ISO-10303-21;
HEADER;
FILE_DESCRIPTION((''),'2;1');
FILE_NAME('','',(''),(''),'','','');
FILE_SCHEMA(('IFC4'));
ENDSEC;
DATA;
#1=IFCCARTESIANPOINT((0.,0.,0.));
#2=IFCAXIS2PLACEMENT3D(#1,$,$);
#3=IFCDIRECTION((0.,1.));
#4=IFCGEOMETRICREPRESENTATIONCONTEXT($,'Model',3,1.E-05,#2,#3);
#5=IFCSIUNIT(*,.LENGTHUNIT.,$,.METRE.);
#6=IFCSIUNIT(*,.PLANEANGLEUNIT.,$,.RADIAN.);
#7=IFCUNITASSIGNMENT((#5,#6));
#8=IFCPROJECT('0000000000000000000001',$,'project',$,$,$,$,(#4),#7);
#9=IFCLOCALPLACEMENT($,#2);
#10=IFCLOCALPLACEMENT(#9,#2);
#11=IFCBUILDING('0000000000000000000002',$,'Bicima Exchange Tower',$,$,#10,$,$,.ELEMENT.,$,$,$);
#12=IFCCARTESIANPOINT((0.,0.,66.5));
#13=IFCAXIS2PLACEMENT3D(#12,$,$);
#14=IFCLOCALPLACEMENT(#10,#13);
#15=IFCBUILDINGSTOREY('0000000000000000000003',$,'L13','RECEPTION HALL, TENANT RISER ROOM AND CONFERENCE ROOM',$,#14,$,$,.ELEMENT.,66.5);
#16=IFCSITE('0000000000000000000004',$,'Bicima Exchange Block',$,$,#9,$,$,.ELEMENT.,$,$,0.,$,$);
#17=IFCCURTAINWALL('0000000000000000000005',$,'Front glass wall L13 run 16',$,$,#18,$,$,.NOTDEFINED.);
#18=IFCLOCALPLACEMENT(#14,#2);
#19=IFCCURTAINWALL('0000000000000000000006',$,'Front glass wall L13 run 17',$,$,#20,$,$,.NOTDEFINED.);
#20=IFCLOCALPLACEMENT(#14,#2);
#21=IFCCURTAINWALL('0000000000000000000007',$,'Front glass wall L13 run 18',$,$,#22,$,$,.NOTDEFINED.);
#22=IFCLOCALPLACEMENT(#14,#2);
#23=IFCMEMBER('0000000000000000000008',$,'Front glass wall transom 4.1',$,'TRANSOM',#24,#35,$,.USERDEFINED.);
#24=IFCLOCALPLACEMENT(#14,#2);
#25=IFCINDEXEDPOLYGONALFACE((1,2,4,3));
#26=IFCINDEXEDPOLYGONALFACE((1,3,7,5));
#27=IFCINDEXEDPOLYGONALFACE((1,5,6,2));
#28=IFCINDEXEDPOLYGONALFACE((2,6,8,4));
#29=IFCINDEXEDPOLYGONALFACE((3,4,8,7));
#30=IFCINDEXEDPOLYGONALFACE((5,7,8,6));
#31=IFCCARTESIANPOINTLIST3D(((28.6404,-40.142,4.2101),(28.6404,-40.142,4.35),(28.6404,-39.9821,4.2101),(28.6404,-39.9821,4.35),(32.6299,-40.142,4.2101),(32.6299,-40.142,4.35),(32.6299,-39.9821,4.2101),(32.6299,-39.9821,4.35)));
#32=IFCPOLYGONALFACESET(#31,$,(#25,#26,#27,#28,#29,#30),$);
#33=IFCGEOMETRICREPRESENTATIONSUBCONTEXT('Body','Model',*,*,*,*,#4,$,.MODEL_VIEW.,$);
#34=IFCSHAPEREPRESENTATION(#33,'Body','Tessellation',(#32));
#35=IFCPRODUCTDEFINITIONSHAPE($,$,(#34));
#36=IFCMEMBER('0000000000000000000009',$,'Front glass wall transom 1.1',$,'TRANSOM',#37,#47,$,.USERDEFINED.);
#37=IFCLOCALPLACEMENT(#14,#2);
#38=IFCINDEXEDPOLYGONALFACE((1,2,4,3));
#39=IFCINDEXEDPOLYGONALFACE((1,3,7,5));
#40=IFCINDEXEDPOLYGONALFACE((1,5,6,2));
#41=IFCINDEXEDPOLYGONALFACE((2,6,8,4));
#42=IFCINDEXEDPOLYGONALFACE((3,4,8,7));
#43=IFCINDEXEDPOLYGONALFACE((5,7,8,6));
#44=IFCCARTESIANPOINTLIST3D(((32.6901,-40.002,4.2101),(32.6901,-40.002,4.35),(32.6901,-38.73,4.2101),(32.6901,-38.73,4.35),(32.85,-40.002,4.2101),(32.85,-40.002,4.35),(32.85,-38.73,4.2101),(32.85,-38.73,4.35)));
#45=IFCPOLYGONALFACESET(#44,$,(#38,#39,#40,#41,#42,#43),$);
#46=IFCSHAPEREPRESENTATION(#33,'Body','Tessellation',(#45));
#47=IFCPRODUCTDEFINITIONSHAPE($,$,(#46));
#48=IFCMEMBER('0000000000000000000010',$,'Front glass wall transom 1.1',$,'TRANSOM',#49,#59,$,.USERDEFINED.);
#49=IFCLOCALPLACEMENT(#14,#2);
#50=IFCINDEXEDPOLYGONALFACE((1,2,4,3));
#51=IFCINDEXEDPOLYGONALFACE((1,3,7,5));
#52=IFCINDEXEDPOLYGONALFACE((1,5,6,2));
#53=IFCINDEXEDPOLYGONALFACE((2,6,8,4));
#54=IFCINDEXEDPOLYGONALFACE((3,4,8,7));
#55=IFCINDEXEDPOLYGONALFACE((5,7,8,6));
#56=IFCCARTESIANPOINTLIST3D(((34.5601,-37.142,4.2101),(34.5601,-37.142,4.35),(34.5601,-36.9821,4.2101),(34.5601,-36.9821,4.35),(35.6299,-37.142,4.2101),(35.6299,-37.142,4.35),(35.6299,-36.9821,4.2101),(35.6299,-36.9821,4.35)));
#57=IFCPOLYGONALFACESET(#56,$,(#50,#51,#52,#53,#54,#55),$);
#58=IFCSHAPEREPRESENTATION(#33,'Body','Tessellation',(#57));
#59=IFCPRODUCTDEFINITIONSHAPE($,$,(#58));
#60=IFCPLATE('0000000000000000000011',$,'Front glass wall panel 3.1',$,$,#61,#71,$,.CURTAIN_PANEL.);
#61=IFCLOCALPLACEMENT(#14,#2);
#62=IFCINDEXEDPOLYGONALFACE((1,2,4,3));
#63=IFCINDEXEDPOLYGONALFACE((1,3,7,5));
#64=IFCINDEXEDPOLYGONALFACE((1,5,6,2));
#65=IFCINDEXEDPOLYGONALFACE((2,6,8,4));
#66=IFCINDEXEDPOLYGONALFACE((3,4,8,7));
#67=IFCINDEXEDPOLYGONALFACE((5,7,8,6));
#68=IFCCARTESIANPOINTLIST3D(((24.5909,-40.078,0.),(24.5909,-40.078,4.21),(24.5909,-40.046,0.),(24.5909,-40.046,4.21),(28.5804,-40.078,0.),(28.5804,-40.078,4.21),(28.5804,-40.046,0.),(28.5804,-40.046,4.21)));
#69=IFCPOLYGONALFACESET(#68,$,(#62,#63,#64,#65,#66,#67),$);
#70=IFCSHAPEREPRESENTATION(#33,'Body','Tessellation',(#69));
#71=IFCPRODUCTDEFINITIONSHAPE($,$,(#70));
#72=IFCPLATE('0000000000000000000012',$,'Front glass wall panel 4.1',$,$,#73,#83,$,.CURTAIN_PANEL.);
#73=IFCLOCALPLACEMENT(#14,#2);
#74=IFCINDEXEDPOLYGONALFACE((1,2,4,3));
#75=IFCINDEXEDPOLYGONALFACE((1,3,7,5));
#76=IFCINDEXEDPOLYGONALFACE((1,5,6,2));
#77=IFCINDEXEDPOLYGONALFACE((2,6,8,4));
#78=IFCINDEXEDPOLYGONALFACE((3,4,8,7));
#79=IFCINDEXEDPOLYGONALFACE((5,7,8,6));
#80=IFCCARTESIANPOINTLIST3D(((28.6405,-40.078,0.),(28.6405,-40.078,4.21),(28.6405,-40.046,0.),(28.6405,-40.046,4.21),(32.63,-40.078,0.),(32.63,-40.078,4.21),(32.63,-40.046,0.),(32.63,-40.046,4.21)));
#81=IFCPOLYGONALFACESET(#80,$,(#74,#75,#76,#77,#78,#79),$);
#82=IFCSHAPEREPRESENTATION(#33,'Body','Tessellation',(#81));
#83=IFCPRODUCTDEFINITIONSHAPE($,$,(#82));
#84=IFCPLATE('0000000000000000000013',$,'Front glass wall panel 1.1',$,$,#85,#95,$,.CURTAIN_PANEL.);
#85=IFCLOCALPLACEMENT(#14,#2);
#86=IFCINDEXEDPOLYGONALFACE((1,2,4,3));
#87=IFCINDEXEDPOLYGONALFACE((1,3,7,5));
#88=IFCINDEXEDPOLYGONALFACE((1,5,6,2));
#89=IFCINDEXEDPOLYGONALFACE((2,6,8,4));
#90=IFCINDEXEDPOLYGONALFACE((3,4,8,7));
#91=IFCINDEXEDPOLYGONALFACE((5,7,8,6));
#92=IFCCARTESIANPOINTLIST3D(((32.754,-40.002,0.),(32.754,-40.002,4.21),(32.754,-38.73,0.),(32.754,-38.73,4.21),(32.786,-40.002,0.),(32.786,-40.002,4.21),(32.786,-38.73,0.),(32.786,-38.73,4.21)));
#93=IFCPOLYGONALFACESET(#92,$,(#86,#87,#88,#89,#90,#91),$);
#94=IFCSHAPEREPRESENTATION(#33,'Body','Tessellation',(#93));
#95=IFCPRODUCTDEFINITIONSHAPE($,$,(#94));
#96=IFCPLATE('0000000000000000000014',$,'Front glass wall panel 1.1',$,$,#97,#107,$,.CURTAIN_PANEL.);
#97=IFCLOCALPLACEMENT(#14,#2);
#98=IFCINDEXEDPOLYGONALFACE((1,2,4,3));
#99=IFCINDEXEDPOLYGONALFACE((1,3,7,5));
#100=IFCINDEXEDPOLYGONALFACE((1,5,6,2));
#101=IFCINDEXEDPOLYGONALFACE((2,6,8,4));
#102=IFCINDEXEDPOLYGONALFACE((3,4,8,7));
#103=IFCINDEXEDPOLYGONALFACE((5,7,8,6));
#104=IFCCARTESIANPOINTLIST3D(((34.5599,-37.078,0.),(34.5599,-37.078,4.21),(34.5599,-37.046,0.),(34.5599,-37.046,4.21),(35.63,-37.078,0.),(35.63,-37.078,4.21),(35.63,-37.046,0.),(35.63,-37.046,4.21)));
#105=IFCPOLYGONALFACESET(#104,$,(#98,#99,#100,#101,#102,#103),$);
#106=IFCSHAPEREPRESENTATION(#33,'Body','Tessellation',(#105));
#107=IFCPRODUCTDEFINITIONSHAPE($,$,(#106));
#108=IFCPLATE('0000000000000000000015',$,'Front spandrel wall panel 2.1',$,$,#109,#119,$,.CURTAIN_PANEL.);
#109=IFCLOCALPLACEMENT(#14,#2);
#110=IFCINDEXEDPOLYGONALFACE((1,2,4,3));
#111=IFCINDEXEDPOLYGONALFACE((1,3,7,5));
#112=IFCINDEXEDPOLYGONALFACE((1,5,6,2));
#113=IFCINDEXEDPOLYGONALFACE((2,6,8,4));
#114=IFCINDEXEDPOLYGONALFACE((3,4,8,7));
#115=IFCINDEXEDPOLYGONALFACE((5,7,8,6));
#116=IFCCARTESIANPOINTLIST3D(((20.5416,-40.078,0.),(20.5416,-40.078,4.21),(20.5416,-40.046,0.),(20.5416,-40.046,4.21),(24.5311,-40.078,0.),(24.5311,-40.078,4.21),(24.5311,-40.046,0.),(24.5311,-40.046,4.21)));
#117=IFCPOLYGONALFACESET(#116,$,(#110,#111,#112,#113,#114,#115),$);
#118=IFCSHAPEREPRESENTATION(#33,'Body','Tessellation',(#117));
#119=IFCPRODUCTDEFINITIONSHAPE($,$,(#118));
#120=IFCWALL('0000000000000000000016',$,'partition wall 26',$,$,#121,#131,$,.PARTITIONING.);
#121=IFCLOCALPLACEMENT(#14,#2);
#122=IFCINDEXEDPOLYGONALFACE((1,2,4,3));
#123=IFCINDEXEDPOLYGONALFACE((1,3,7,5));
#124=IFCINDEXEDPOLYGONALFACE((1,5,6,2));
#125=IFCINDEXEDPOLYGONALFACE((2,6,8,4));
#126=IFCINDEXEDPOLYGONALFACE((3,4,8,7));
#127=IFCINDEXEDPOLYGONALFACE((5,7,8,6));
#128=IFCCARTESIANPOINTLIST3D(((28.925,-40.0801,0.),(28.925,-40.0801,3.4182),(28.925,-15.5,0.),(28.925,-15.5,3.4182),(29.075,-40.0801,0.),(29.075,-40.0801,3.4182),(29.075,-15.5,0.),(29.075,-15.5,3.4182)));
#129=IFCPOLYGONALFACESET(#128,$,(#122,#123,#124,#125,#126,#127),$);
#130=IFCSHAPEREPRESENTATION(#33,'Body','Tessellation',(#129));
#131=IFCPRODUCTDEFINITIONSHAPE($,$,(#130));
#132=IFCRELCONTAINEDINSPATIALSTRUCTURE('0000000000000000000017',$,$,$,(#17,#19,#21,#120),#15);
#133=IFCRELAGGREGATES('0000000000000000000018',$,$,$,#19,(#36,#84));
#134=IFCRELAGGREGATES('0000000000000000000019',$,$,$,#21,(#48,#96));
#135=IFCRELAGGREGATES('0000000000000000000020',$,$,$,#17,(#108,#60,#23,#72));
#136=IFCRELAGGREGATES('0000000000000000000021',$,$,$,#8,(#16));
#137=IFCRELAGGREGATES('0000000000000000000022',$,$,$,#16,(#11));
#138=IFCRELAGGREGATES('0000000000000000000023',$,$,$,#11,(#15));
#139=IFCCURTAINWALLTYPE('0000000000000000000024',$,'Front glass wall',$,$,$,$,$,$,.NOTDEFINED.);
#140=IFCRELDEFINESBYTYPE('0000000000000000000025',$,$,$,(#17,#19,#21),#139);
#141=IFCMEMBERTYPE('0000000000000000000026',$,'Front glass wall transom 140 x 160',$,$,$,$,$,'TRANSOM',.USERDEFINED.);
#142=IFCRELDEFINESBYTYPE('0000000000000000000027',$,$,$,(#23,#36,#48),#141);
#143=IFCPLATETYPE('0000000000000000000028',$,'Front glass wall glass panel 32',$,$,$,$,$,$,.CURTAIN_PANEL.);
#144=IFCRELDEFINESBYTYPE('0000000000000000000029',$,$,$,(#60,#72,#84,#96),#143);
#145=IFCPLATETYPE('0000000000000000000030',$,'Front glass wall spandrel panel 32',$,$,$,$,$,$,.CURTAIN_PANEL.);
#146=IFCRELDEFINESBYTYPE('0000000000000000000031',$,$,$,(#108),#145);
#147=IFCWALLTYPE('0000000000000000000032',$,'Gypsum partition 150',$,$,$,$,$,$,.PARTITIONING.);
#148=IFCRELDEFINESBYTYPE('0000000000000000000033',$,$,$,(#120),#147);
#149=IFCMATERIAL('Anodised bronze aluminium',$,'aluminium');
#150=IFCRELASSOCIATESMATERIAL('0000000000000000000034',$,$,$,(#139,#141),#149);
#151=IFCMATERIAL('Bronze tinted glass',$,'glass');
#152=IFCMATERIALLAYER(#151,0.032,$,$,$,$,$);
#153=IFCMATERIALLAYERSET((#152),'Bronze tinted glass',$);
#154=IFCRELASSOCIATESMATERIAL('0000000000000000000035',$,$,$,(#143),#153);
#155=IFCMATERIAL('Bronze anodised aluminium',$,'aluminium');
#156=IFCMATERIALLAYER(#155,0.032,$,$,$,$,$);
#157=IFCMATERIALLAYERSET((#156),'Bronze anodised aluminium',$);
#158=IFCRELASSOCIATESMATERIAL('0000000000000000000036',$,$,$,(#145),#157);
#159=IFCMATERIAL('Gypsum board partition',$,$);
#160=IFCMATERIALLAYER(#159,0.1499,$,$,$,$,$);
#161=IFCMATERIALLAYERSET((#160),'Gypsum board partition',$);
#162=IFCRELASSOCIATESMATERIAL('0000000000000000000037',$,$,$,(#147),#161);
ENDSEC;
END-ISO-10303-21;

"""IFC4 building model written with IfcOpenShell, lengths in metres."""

from ifc_helpers import new_model, si_unit, direction, frame, frame_2d, origin, origin_2d, place, context, subcontext, project, spatial, rectangle, extrude, material, layer, layer_set, material_profile, profile_set, type_object, element, aggregate, save


model = new_model("IFC4")

# Units and contexts
model_context = context("Model", 3, precision=1e-05, world=origin(), true_north=direction((0.0, 1.0)))
body_context = subcontext(model_context, "Body", "Model", "MODEL_VIEW")
ifc_project = project(units=[si_unit("LENGTHUNIT", "METRE"), si_unit("PLANEANGLEUNIT", "RADIAN")], contexts=[model_context])

# Site, building, storey
site_placement = place(None, origin())
site = spatial("IfcSite", under=ifc_project, at=site_placement, Name="Bicima Exchange Block", CompositionType="ELEMENT", RefElevation=0.0)
building_placement = place(site_placement, origin())
building = spatial("IfcBuilding", under=site, at=building_placement, Name="Bicima Exchange Tower", CompositionType="ELEMENT")
storey_placement = place(building_placement, frame((0.0, 0.0, 66.5)))
storey = spatial("IfcBuildingStorey", under=building, at=storey_placement, Name="L13", Description="RECEPTION HALL, TENANT RISER ROOM AND CONFERENCE ROOM", CompositionType="ELEMENT", Elevation=66.5)

# Shared definitions
ifc_material_1 = material(Name="Anodised bronze aluminium", Category="aluminium")

# Curtain walls
curtain_wall_type_1 = type_object("IfcCurtainWallType", Name="Front glass wall", PredefinedType="NOTDEFINED", material=ifc_material_1)
curtain_wall_1_placement = place(storey_placement, origin())
curtain_wall_1 = element("IfcCurtainWall", 1, at=curtain_wall_1_placement, inside=storey, type_object=curtain_wall_type_1, Name="Front glass wall L13 run 16", PredefinedType="NOTDEFINED")
curtain_wall_2_placement = place(storey_placement, origin())
curtain_wall_2 = element("IfcCurtainWall", 2, at=curtain_wall_2_placement, inside=storey, type_object=curtain_wall_type_1, Name="Front glass wall L13 run 17", PredefinedType="NOTDEFINED")
curtain_wall_3_placement = place(storey_placement, origin())
curtain_wall_3 = element("IfcCurtainWall", 3, at=curtain_wall_3_placement, inside=storey, type_object=curtain_wall_type_1, Name="Front glass wall L13 run 18", PredefinedType="NOTDEFINED")

# Members
ifc_material_profile_1 = material_profile(ifc_material_1, rectangle(XDim=0.1599, YDim=0.1399, at=origin_2d()))
ifc_profile_set_1 = profile_set([ifc_material_profile_1], Name="Anodised bronze aluminium")
member_type_1 = type_object("IfcMemberType", Name="Front glass wall transom 140 x 160", ElementType="TRANSOM", PredefinedType="USERDEFINED", material=ifc_profile_set_1)
member_1_placement = place(storey_placement, frame((28.6404, -40.062, 4.28), z_axis=(1.0, 0.0, 0.0), x_axis=(0.0, 1.0, 0.0)))
member_1 = element("IfcMember", 4, at=member_1_placement, type_object=member_type_1, Name="Front glass wall transom 4.1", ObjectType="TRANSOM", PredefinedType="USERDEFINED", context=body_context, shape_type="SweptSolid", body=[
    extrude(rectangle(XDim=0.1599, YDim=0.1399, at=origin_2d()), origin(), (0.0, 0.0, 1.0), 3.9895),
])
member_2_placement = place(storey_placement, frame((32.77, -40.002, 4.28), z_axis=(0.0, 1.0, 0.0), x_axis=(-1.0, 0.0, 0.0)))
member_2 = element("IfcMember", 5, at=member_2_placement, type_object=member_type_1, Name="Front glass wall transom 1.1", ObjectType="TRANSOM", PredefinedType="USERDEFINED", context=body_context, shape_type="SweptSolid", body=[
    extrude(rectangle(XDim=0.1599, YDim=0.1399, at=origin_2d()), origin(), (0.0, 0.0, 1.0), 1.272),
])
member_3_placement = place(storey_placement, frame((34.5601, -37.062, 4.28), z_axis=(1.0, 0.0, 0.0), x_axis=(0.0, 1.0, 0.0)))
member_3 = element("IfcMember", 6, at=member_3_placement, type_object=member_type_1, Name="Front glass wall transom 1.1", ObjectType="TRANSOM", PredefinedType="USERDEFINED", context=body_context, shape_type="SweptSolid", body=[
    extrude(rectangle(XDim=0.1599, YDim=0.1399, at=origin_2d()), origin(), (0.0, 0.0, 1.0), 1.0698),
])

# Plates
ifc_material_2 = material(Name="Bronze tinted glass", Category="glass")
ifc_layer_1 = layer(ifc_material_2, 0.032)
ifc_layer_set_1 = layer_set([ifc_layer_1], Name="Bronze tinted glass")
plate_type_1 = type_object("IfcPlateType", Name="Front glass wall glass panel 32", PredefinedType="CURTAIN_PANEL", material=ifc_layer_set_1)
plate_1_placement = place(storey_placement, frame((26.5857, -40.062, 0.0), z_axis=(0.0, 0.0, 1.0), x_axis=(1.0, 0.0, 0.0)))
plate_1 = element("IfcPlate", 7, at=plate_1_placement, type_object=plate_type_1, Name="Front glass wall panel 3.1", PredefinedType="CURTAIN_PANEL", context=body_context, shape_type="SweptSolid", body=[
    extrude(rectangle(XDim=3.9895, YDim=0.032, at=origin_2d()), origin(), (0.0, 0.0, 1.0), 4.21),
])
plate_2_placement = place(storey_placement, frame((30.6353, -40.062, 0.0), z_axis=(0.0, 0.0, 1.0), x_axis=(1.0, 0.0, 0.0)))
plate_2 = element("IfcPlate", 8, at=plate_2_placement, type_object=plate_type_1, Name="Front glass wall panel 4.1", PredefinedType="CURTAIN_PANEL", context=body_context, shape_type="SweptSolid", body=[
    extrude(rectangle(XDim=3.9895, YDim=0.032, at=origin_2d()), origin(), (0.0, 0.0, 1.0), 4.21),
])
plate_3_placement = place(storey_placement, frame((32.77, -39.366, 0.0), z_axis=(0.0, 0.0, 1.0), x_axis=(0.0, 1.0, 0.0)))
plate_3 = element("IfcPlate", 9, at=plate_3_placement, type_object=plate_type_1, Name="Front glass wall panel 1.1", PredefinedType="CURTAIN_PANEL", context=body_context, shape_type="SweptSolid", body=[
    extrude(rectangle(XDim=1.272, YDim=0.032, at=origin_2d()), origin(), (0.0, 0.0, 1.0), 4.21),
])
aggregate(curtain_wall_2, [member_2, plate_3])
plate_4_placement = place(storey_placement, frame((35.095, -37.062, 0.0), z_axis=(0.0, 0.0, 1.0), x_axis=(1.0, 0.0, 0.0)))
plate_4 = element("IfcPlate", 10, at=plate_4_placement, type_object=plate_type_1, Name="Front glass wall panel 1.1", PredefinedType="CURTAIN_PANEL", context=body_context, shape_type="SweptSolid", body=[
    extrude(rectangle(XDim=1.0701, YDim=0.032, at=origin_2d()), origin(), (0.0, 0.0, 1.0), 4.21),
])
aggregate(curtain_wall_3, [member_3, plate_4])
ifc_material_3 = material(Name="Bronze anodised aluminium", Category="aluminium")
ifc_layer_2 = layer(ifc_material_3, 0.032)
ifc_layer_set_2 = layer_set([ifc_layer_2], Name="Bronze anodised aluminium")
plate_type_2 = type_object("IfcPlateType", Name="Front glass wall spandrel panel 32", PredefinedType="CURTAIN_PANEL", material=ifc_layer_set_2)
plate_5_placement = place(storey_placement, frame((22.5364, -40.062, 0.0), z_axis=(0.0, 0.0, 1.0), x_axis=(1.0, 0.0, 0.0)))
plate_5 = element("IfcPlate", 11, at=plate_5_placement, type_object=plate_type_2, Name="Front spandrel wall panel 2.1", PredefinedType="CURTAIN_PANEL", context=body_context, shape_type="SweptSolid", body=[
    extrude(rectangle(XDim=3.9895, YDim=0.032, at=origin_2d()), origin(), (0.0, 0.0, 1.0), 4.21),
])
aggregate(curtain_wall_1, [plate_5, plate_1, member_1, plate_2])

# Wall
ifc_material_4 = material(Name="Gypsum board partition")
ifc_layer_3 = layer(ifc_material_4, 0.1499)
ifc_layer_set_3 = layer_set([ifc_layer_3], Name="Gypsum board partition")
wall_type = type_object("IfcWallType", Name="Gypsum partition 150", PredefinedType="PARTITIONING", material=ifc_layer_set_3)
wall_placement = place(storey_placement, frame((29.0, -40.0801, 0.0), z_axis=(0.0, 0.0, 1.0), x_axis=(0.0, 1.0, 0.0)))
element("IfcWall", 12, at=wall_placement, inside=storey, type_object=wall_type, Name="partition wall 26", PredefinedType="PARTITIONING", context=body_context, shape_type="SweptSolid", body=[
    extrude(rectangle(XDim=24.5801, YDim=0.1499, at=frame_2d((12.29, 0.0))), origin(), (0.0, 0.0, 1.0), 3.4182),
])

save(model, "model.ifc")
